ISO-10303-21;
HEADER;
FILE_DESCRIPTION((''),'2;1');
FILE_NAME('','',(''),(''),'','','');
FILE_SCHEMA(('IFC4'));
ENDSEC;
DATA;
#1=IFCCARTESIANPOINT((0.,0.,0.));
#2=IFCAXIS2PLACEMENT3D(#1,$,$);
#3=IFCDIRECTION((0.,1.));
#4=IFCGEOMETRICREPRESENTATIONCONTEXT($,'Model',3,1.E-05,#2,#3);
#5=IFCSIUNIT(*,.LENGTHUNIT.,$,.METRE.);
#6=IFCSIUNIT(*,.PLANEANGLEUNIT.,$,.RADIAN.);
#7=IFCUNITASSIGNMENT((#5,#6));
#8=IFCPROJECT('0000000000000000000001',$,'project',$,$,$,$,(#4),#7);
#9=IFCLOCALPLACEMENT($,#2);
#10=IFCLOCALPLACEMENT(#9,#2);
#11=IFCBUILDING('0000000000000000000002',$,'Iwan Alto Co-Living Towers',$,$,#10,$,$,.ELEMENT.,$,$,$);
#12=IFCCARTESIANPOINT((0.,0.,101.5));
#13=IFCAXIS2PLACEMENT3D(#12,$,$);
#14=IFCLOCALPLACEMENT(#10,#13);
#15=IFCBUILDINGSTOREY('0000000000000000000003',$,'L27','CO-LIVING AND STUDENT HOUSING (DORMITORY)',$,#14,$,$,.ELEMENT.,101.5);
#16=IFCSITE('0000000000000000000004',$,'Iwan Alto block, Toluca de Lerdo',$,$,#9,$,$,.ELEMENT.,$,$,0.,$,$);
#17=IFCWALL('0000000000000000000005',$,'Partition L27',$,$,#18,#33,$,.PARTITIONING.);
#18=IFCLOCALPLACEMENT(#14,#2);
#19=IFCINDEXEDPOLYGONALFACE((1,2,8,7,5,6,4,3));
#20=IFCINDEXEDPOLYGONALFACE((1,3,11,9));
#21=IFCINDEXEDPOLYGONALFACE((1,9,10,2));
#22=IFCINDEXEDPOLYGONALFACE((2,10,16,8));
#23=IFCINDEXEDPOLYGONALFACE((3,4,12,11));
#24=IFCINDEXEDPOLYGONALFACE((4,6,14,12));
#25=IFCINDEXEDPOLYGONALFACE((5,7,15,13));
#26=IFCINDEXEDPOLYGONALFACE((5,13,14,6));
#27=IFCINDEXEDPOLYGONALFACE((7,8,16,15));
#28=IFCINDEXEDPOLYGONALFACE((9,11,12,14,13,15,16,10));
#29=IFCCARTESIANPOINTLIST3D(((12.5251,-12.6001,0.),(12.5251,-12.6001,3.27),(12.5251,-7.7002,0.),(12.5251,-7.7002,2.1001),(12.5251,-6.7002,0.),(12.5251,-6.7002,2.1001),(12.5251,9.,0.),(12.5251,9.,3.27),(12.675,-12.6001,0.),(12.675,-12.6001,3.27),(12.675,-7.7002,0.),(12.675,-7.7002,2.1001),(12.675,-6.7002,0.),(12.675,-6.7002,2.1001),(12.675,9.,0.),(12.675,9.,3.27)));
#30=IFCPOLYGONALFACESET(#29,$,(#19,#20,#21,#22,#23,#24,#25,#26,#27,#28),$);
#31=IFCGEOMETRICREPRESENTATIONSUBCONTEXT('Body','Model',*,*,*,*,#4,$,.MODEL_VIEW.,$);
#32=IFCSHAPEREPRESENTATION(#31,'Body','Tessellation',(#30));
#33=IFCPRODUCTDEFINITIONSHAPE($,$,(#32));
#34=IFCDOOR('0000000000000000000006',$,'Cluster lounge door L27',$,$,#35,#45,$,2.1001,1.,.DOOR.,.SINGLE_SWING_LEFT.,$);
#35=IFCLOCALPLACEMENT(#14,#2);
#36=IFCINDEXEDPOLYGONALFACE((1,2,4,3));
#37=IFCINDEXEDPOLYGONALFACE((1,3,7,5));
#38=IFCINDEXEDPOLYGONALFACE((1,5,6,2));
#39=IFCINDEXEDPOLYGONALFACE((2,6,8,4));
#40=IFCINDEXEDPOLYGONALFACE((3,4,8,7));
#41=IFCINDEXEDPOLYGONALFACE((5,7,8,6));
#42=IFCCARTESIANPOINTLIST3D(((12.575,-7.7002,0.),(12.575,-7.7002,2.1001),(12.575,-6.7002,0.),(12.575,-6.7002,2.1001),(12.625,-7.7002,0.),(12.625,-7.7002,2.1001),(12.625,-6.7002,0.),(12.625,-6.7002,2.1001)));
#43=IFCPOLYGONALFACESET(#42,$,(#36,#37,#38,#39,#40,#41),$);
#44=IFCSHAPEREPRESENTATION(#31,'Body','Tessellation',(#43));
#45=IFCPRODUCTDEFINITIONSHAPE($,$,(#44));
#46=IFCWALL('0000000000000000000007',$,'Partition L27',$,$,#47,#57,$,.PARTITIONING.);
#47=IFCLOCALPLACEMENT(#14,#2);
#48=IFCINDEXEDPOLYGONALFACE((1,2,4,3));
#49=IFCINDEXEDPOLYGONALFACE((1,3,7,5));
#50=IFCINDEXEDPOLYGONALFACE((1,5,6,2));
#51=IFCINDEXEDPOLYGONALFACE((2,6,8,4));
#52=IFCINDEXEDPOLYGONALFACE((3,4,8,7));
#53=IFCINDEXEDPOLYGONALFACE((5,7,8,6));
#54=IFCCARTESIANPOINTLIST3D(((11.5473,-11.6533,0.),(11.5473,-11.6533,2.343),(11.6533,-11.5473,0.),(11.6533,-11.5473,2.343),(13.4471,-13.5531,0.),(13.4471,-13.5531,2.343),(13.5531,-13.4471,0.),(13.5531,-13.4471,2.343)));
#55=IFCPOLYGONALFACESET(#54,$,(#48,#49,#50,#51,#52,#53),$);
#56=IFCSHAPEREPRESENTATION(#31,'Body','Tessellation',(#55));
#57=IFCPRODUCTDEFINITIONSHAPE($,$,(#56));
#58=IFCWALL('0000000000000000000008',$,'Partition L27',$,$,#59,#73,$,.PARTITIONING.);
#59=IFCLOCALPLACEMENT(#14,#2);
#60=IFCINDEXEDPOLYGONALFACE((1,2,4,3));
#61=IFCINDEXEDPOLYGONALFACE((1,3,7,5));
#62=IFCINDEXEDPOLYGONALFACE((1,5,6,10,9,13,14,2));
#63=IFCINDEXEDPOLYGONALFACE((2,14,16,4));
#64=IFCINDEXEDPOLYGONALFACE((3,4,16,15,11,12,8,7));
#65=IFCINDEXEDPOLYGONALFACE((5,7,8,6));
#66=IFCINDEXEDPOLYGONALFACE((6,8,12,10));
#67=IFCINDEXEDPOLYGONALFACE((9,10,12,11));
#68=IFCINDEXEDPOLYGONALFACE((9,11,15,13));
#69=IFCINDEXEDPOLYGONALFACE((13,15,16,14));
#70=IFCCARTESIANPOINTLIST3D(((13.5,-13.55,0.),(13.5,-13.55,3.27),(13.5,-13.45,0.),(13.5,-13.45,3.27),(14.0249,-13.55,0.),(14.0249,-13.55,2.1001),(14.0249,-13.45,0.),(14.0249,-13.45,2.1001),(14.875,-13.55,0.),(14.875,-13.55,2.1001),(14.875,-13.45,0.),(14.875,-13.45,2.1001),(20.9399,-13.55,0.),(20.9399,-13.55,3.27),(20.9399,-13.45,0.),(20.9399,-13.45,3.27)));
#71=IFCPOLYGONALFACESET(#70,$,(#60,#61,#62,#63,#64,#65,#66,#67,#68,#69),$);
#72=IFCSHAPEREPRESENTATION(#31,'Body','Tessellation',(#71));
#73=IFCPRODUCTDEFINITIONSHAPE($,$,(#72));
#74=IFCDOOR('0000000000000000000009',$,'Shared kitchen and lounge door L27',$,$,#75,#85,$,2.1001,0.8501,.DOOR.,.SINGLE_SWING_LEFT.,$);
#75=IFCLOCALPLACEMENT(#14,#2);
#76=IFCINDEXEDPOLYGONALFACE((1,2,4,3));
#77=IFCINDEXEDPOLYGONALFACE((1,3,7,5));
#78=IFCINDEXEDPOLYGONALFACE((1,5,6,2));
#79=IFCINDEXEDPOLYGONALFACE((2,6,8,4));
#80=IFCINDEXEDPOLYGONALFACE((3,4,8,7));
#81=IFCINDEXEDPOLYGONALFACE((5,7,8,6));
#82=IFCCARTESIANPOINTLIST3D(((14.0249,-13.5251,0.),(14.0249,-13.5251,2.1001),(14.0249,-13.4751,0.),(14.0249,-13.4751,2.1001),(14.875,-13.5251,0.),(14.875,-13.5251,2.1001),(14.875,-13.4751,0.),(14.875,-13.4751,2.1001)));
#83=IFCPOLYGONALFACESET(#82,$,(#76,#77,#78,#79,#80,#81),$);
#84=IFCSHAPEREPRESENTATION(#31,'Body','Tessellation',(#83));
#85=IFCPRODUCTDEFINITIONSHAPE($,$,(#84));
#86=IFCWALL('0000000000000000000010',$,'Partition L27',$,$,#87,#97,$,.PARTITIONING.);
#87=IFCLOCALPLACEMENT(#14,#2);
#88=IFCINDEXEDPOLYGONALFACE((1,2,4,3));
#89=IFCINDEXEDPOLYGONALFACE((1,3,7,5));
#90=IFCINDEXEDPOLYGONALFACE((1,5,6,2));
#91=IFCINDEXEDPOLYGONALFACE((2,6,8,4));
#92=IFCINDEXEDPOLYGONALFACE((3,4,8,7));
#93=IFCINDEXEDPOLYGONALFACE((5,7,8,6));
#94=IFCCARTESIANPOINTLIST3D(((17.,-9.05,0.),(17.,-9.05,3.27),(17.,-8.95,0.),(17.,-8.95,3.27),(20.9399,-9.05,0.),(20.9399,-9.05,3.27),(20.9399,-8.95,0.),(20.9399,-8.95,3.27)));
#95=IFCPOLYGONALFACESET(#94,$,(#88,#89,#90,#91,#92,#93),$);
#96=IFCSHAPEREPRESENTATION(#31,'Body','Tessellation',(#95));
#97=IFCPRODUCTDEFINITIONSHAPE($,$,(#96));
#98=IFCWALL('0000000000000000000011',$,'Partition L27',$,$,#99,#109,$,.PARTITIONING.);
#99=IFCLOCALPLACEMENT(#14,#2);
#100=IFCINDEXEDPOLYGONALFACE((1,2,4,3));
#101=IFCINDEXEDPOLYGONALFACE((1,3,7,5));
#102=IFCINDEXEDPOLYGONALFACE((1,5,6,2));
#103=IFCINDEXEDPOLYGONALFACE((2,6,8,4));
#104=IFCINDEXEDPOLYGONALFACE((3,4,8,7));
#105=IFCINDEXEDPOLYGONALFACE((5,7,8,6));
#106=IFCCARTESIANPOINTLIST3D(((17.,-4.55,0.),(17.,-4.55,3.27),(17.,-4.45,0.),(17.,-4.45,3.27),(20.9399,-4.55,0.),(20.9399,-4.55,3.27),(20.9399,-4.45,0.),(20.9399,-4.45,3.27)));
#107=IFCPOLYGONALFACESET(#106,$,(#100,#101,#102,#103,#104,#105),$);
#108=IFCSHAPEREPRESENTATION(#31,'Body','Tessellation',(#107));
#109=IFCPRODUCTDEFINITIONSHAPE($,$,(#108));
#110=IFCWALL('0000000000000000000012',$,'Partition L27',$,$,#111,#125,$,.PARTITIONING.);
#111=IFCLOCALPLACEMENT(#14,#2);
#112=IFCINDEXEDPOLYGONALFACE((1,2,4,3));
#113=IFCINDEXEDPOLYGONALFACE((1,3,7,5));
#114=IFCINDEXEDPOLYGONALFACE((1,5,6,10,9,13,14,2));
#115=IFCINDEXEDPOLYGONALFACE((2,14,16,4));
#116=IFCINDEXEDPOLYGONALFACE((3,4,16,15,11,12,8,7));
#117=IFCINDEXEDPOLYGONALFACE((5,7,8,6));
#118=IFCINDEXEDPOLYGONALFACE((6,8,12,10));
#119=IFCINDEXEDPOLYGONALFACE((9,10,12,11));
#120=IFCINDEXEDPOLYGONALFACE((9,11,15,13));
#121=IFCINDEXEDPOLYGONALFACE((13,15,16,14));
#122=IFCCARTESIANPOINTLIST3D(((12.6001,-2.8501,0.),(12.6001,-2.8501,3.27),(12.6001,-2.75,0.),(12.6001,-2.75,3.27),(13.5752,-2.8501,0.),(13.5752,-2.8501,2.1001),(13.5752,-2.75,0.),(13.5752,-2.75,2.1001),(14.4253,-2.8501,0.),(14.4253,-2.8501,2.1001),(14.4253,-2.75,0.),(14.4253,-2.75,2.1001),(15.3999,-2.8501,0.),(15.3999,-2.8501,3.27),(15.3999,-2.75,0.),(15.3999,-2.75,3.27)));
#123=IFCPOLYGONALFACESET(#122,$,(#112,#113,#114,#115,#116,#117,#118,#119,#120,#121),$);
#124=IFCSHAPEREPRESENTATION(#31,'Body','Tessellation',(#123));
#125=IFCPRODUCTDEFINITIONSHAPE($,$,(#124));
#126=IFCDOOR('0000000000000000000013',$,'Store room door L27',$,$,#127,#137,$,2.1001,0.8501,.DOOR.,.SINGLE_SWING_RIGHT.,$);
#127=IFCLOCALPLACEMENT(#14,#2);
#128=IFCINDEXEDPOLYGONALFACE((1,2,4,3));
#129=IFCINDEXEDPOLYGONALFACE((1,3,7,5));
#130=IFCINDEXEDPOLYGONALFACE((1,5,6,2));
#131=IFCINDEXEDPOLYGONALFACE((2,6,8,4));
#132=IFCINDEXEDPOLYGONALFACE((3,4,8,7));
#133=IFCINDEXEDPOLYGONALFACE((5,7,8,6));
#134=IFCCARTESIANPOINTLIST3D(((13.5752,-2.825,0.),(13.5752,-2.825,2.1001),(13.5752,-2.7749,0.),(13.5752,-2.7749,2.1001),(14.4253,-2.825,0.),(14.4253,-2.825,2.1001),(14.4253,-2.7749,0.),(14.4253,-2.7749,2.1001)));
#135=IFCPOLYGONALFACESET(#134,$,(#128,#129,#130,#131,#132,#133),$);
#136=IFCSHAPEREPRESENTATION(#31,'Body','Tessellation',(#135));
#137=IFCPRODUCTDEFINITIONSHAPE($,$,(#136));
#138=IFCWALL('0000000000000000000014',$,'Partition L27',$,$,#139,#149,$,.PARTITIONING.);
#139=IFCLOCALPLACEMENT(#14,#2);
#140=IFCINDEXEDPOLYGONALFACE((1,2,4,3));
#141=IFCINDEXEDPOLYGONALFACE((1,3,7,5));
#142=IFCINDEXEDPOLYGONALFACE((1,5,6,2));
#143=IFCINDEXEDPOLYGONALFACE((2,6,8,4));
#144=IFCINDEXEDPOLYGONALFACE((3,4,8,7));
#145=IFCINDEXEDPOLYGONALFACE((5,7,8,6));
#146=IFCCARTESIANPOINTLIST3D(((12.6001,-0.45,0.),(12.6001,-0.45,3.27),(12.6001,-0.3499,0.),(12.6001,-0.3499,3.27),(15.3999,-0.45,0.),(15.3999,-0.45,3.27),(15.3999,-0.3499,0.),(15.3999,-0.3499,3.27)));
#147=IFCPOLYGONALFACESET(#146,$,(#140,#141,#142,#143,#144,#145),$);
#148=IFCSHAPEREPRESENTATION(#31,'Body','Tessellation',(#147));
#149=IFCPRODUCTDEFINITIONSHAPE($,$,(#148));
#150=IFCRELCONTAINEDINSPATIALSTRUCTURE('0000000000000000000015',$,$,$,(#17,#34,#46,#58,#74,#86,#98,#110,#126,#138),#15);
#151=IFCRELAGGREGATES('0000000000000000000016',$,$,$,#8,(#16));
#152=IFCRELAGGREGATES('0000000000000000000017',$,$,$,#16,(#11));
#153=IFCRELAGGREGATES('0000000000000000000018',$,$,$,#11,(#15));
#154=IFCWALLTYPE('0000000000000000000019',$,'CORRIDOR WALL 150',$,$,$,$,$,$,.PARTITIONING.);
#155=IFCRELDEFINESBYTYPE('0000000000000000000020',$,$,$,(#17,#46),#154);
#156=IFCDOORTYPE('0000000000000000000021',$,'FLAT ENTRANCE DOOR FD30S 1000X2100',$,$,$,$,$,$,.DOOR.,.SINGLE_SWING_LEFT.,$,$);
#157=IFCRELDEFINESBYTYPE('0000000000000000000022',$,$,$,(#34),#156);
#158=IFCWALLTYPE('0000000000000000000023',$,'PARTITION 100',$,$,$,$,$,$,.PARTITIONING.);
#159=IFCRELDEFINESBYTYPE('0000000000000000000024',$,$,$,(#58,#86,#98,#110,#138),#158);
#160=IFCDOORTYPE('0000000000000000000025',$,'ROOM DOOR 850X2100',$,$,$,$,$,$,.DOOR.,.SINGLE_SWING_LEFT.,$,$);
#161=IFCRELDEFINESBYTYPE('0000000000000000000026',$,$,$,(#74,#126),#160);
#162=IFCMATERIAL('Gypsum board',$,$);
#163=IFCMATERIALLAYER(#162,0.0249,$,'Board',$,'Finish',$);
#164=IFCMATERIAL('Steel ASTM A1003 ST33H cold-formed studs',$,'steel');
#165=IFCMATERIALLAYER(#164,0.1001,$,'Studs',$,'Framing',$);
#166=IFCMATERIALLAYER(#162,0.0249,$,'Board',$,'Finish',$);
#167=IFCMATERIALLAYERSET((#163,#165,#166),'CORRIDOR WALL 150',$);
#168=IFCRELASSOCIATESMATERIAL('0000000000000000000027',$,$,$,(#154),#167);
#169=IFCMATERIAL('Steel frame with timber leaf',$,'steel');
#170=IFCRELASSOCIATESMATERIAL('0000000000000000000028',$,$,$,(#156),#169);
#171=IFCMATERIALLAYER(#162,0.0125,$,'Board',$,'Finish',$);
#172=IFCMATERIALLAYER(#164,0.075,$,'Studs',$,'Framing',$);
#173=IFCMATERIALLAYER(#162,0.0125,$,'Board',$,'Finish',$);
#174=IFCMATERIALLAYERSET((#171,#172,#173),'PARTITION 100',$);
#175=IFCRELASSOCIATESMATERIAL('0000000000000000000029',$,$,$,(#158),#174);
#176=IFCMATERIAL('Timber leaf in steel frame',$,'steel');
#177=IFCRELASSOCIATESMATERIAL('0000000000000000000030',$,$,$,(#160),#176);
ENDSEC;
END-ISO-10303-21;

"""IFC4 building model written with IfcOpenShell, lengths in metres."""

from ifc_helpers import new_model, si_unit, direction, frame, frame_2d, origin, place, context, subcontext, project, spatial, rectangle, extrude, material, layer, layer_set, type_object, element, fill, save


model = new_model("IFC4")

# Units and contexts
model_context = context("Model", 3, precision=1e-05, world=origin(), true_north=direction((0.0, 1.0)))
body_context = subcontext(model_context, "Body", "Model", "MODEL_VIEW")
ifc_project = project(units=[si_unit("LENGTHUNIT", "METRE"), si_unit("PLANEANGLEUNIT", "RADIAN")], contexts=[model_context])

# Site, building, storey
site_placement = place(None, origin())
site = spatial("IfcSite", under=ifc_project, at=site_placement, Name="Iwan Alto block, Toluca de Lerdo", CompositionType="ELEMENT", RefElevation=0.0)
building_placement = place(site_placement, origin())
building = spatial("IfcBuilding", under=site, at=building_placement, Name="Iwan Alto Co-Living Towers", CompositionType="ELEMENT")
storey_placement = place(building_placement, frame((0.0, 0.0, 101.5)))
storey = spatial("IfcBuildingStorey", under=building, at=storey_placement, Name="L27", Description="CO-LIVING AND STUDENT HOUSING (DORMITORY)", CompositionType="ELEMENT", Elevation=101.5)

# Shared definitions
ifc_material_1 = material(Name="Gypsum board")
ifc_layer_1 = layer(ifc_material_1, 0.0249, Name="Board", Category="Finish")
ifc_material_2 = material(Name="Steel ASTM A1003 ST33H cold-formed studs", Category="steel")
ifc_layer_2 = layer(ifc_material_2, 0.1001, Name="Studs", Category="Framing")
ifc_layer_3 = layer(ifc_material_1, 0.0249, Name="Board", Category="Finish")
ifc_layer_set_1 = layer_set([ifc_layer_1, ifc_layer_2, ifc_layer_3], Name="CORRIDOR WALL 150")
wall_type_1 = type_object("IfcWallType", Name="CORRIDOR WALL 150", PredefinedType="PARTITIONING", material=ifc_layer_set_1)

# Wall, opening, door
wall_1_placement = place(storey_placement, frame((12.6001, -12.6001, 0.0), z_axis=(0.0, 0.0, 1.0), x_axis=(0.0, 1.0, 0.0)))
wall_1 = element("IfcWall", 1, at=wall_1_placement, inside=storey, type_object=wall_type_1, Name="Partition L27", PredefinedType="PARTITIONING", context=body_context, shape_type="SweptSolid", body=[
    extrude(rectangle(XDim=21.6001, YDim=0.1499, at=frame_2d((10.8, 0.0))), origin(), (0.0, 0.0, 1.0), 3.27),
])
opening_1_placement = place(wall_1_placement, frame((4.8999, 0.0, 0.0)))
opening_1 = element("IfcOpeningElement", 2, at=opening_1_placement, cuts=wall_1, PredefinedType="OPENING", context=body_context, shape_type="SweptSolid", body=[
    extrude(rectangle(XDim=1.0, YDim=2.1001, at=frame_2d((0.5, 1.05))), frame((0.0, 0.085, 0.0), z_axis=(0.0, -1.0, 0.0), x_axis=(1.0, 0.0, 0.0)), (0.0, 0.0, 1.0), 0.1699),
])
ifc_material_3 = material(Name="Steel frame with timber leaf", Category="steel")
door_type_1 = type_object("IfcDoorType", Name="FLAT ENTRANCE DOOR FD30S 1000X2100", OperationType="SINGLE_SWING_LEFT", PredefinedType="DOOR", material=ifc_material_3)
door_1_placement = place(opening_1_placement, frame((1.0, 0.0, 0.0), z_axis=(0.0, 0.0, 1.0), x_axis=(-1.0, 0.0, 0.0)))
door_1 = element("IfcDoor", 3, at=door_1_placement, inside=storey, type_object=door_type_1, Name="Cluster lounge door L27", OperationType="SINGLE_SWING_LEFT", OverallHeight=2.1001, OverallWidth=1.0, PredefinedType="DOOR", context=body_context, shape_type="SweptSolid", body=[
    extrude(rectangle(XDim=1.0, YDim=2.1001, at=frame_2d((0.5, 1.05))), frame((0.0, 0.0249, 0.0), z_axis=(0.0, -1.0, 0.0), x_axis=(1.0, 0.0, 0.0)), (0.0, 0.0, 1.0), 0.05),
])
fill(opening_1, door_1)

# Wall
wall_2_placement = place(storey_placement, frame((13.5, -13.5, 0.0), z_axis=(0.0, 0.0, 1.0), x_axis=(-0.707107, 0.707107, 0.0)))
element("IfcWall", 4, at=wall_2_placement, inside=storey, type_object=wall_type_1, Name="Partition L27", PredefinedType="PARTITIONING", context=body_context, shape_type="SweptSolid", body=[
    extrude(rectangle(XDim=2.6868, YDim=0.1499, at=frame_2d((1.3433, 0.0))), origin(), (0.0, 0.0, 1.0), 2.343),
])

# Wall, opening, door
ifc_layer_4 = layer(ifc_material_1, 0.0125, Name="Board", Category="Finish")
ifc_layer_5 = layer(ifc_material_2, 0.075, Name="Studs", Category="Framing")
ifc_layer_6 = layer(ifc_material_1, 0.0125, Name="Board", Category="Finish")
ifc_layer_set_2 = layer_set([ifc_layer_4, ifc_layer_5, ifc_layer_6], Name="PARTITION 100")
wall_type_2 = type_object("IfcWallType", Name="PARTITION 100", PredefinedType="PARTITIONING", material=ifc_layer_set_2)
wall_3_placement = place(storey_placement, frame((13.5, -13.5, 0.0), z_axis=(0.0, 0.0, 1.0), x_axis=(1.0, 0.0, 0.0)))
wall_3 = element("IfcWall", 5, at=wall_3_placement, inside=storey, type_object=wall_type_2, Name="Partition L27", PredefinedType="PARTITIONING", context=body_context, shape_type="SweptSolid", body=[
    extrude(rectangle(XDim=7.4399, YDim=0.1001, at=frame_2d((3.72, 0.0))), origin(), (0.0, 0.0, 1.0), 3.27),
])
opening_2_placement = place(wall_3_placement, frame((0.5249, 0.0, 0.0)))
opening_2 = element("IfcOpeningElement", 6, at=opening_2_placement, cuts=wall_3, PredefinedType="OPENING", context=body_context, shape_type="SweptSolid", body=[
    extrude(rectangle(XDim=0.8501, YDim=2.1001, at=frame_2d((0.425, 1.05))), frame((0.0, 0.0601, 0.0), z_axis=(0.0, -1.0, 0.0), x_axis=(1.0, 0.0, 0.0)), (0.0, 0.0, 1.0), 0.1201),
])
ifc_material_4 = material(Name="Timber leaf in steel frame", Category="steel")
door_type_2 = type_object("IfcDoorType", Name="ROOM DOOR 850X2100", OperationType="SINGLE_SWING_LEFT", PredefinedType="DOOR", material=ifc_material_4)
door_2_placement = place(opening_2_placement, origin())
door_2 = element("IfcDoor", 7, at=door_2_placement, inside=storey, type_object=door_type_2, Name="Shared kitchen and lounge door L27", OperationType="SINGLE_SWING_LEFT", OverallHeight=2.1001, OverallWidth=0.8501, PredefinedType="DOOR", context=body_context, shape_type="SweptSolid", body=[
    extrude(rectangle(XDim=0.8501, YDim=2.1001, at=frame_2d((0.425, 1.05))), frame((0.0, 0.0249, 0.0), z_axis=(0.0, -1.0, 0.0), x_axis=(1.0, 0.0, 0.0)), (0.0, 0.0, 1.0), 0.05),
])
fill(opening_2, door_2)

# Walls
for number, where, z_axis, x_axis, name in (
    (8, (17.0, -9.0, 0.0), (0.0, 0.0, 1.0), (1.0, 0.0, 0.0), "Partition L27"),
    (9, (17.0, -4.5, 0.0), (0.0, 0.0, 1.0), (1.0, 0.0, 0.0), "Partition L27"),
):
    element("IfcWall", number, at=place(storey_placement, frame(where, z_axis=z_axis, x_axis=x_axis)), inside=storey, type_object=wall_type_2, Name=name, PredefinedType="PARTITIONING", context=body_context, shape_type="SweptSolid", body=[
        extrude(rectangle(XDim=3.9399, YDim=0.1001, at=frame_2d((1.97, 0.0))), origin(), (0.0, 0.0, 1.0), 3.27),
    ])

# Wall, opening, door
wall_4_placement = place(storey_placement, frame((12.6001, -2.8, 0.0), z_axis=(0.0, 0.0, 1.0), x_axis=(1.0, 0.0, 0.0)))
wall_4 = element("IfcWall", 10, at=wall_4_placement, inside=storey, type_object=wall_type_2, Name="Partition L27", PredefinedType="PARTITIONING", context=body_context, shape_type="SweptSolid", body=[
    extrude(rectangle(XDim=2.7998, YDim=0.1001, at=frame_2d((1.3999, 0.0))), origin(), (0.0, 0.0, 1.0), 3.27),
])
opening_3_placement = place(wall_4_placement, frame((0.9751, 0.0, 0.0)))
opening_3 = element("IfcOpeningElement", 11, at=opening_3_placement, cuts=wall_4, PredefinedType="OPENING", context=body_context, shape_type="SweptSolid", body=[
    extrude(rectangle(XDim=0.8501, YDim=2.1001, at=frame_2d((0.425, 1.05))), frame((0.0, 0.0601, 0.0), z_axis=(0.0, -1.0, 0.0), x_axis=(1.0, 0.0, 0.0)), (0.0, 0.0, 1.0), 0.1201),
])
door_3_placement = place(opening_3_placement, frame((0.8501, 0.0, 0.0), z_axis=(0.0, 0.0, 1.0), x_axis=(-1.0, 0.0, 0.0)))
door_3 = element("IfcDoor", 12, at=door_3_placement, inside=storey, type_object=door_type_2, Name="Store room door L27", OperationType="SINGLE_SWING_RIGHT", OverallHeight=2.1001, OverallWidth=0.8501, PredefinedType="DOOR", context=body_context, shape_type="SweptSolid", body=[
    extrude(rectangle(XDim=0.8501, YDim=2.1001, at=frame_2d((0.425, 1.05))), frame((0.0, 0.0249, 0.0), z_axis=(0.0, -1.0, 0.0), x_axis=(1.0, 0.0, 0.0)), (0.0, 0.0, 1.0), 0.05),
])
fill(opening_3, door_3)

# Wall
wall_5_placement = place(storey_placement, frame((12.6001, -0.3999, 0.0), z_axis=(0.0, 0.0, 1.0), x_axis=(1.0, 0.0, 0.0)))
element("IfcWall", 13, at=wall_5_placement, inside=storey, type_object=wall_type_2, Name="Partition L27", PredefinedType="PARTITIONING", context=body_context, shape_type="SweptSolid", body=[
    extrude(rectangle(XDim=2.7998, YDim=0.1001, at=frame_2d((1.3999, 0.0))), origin(), (0.0, 0.0, 1.0), 3.27),
])

save(model, "model.ifc")
